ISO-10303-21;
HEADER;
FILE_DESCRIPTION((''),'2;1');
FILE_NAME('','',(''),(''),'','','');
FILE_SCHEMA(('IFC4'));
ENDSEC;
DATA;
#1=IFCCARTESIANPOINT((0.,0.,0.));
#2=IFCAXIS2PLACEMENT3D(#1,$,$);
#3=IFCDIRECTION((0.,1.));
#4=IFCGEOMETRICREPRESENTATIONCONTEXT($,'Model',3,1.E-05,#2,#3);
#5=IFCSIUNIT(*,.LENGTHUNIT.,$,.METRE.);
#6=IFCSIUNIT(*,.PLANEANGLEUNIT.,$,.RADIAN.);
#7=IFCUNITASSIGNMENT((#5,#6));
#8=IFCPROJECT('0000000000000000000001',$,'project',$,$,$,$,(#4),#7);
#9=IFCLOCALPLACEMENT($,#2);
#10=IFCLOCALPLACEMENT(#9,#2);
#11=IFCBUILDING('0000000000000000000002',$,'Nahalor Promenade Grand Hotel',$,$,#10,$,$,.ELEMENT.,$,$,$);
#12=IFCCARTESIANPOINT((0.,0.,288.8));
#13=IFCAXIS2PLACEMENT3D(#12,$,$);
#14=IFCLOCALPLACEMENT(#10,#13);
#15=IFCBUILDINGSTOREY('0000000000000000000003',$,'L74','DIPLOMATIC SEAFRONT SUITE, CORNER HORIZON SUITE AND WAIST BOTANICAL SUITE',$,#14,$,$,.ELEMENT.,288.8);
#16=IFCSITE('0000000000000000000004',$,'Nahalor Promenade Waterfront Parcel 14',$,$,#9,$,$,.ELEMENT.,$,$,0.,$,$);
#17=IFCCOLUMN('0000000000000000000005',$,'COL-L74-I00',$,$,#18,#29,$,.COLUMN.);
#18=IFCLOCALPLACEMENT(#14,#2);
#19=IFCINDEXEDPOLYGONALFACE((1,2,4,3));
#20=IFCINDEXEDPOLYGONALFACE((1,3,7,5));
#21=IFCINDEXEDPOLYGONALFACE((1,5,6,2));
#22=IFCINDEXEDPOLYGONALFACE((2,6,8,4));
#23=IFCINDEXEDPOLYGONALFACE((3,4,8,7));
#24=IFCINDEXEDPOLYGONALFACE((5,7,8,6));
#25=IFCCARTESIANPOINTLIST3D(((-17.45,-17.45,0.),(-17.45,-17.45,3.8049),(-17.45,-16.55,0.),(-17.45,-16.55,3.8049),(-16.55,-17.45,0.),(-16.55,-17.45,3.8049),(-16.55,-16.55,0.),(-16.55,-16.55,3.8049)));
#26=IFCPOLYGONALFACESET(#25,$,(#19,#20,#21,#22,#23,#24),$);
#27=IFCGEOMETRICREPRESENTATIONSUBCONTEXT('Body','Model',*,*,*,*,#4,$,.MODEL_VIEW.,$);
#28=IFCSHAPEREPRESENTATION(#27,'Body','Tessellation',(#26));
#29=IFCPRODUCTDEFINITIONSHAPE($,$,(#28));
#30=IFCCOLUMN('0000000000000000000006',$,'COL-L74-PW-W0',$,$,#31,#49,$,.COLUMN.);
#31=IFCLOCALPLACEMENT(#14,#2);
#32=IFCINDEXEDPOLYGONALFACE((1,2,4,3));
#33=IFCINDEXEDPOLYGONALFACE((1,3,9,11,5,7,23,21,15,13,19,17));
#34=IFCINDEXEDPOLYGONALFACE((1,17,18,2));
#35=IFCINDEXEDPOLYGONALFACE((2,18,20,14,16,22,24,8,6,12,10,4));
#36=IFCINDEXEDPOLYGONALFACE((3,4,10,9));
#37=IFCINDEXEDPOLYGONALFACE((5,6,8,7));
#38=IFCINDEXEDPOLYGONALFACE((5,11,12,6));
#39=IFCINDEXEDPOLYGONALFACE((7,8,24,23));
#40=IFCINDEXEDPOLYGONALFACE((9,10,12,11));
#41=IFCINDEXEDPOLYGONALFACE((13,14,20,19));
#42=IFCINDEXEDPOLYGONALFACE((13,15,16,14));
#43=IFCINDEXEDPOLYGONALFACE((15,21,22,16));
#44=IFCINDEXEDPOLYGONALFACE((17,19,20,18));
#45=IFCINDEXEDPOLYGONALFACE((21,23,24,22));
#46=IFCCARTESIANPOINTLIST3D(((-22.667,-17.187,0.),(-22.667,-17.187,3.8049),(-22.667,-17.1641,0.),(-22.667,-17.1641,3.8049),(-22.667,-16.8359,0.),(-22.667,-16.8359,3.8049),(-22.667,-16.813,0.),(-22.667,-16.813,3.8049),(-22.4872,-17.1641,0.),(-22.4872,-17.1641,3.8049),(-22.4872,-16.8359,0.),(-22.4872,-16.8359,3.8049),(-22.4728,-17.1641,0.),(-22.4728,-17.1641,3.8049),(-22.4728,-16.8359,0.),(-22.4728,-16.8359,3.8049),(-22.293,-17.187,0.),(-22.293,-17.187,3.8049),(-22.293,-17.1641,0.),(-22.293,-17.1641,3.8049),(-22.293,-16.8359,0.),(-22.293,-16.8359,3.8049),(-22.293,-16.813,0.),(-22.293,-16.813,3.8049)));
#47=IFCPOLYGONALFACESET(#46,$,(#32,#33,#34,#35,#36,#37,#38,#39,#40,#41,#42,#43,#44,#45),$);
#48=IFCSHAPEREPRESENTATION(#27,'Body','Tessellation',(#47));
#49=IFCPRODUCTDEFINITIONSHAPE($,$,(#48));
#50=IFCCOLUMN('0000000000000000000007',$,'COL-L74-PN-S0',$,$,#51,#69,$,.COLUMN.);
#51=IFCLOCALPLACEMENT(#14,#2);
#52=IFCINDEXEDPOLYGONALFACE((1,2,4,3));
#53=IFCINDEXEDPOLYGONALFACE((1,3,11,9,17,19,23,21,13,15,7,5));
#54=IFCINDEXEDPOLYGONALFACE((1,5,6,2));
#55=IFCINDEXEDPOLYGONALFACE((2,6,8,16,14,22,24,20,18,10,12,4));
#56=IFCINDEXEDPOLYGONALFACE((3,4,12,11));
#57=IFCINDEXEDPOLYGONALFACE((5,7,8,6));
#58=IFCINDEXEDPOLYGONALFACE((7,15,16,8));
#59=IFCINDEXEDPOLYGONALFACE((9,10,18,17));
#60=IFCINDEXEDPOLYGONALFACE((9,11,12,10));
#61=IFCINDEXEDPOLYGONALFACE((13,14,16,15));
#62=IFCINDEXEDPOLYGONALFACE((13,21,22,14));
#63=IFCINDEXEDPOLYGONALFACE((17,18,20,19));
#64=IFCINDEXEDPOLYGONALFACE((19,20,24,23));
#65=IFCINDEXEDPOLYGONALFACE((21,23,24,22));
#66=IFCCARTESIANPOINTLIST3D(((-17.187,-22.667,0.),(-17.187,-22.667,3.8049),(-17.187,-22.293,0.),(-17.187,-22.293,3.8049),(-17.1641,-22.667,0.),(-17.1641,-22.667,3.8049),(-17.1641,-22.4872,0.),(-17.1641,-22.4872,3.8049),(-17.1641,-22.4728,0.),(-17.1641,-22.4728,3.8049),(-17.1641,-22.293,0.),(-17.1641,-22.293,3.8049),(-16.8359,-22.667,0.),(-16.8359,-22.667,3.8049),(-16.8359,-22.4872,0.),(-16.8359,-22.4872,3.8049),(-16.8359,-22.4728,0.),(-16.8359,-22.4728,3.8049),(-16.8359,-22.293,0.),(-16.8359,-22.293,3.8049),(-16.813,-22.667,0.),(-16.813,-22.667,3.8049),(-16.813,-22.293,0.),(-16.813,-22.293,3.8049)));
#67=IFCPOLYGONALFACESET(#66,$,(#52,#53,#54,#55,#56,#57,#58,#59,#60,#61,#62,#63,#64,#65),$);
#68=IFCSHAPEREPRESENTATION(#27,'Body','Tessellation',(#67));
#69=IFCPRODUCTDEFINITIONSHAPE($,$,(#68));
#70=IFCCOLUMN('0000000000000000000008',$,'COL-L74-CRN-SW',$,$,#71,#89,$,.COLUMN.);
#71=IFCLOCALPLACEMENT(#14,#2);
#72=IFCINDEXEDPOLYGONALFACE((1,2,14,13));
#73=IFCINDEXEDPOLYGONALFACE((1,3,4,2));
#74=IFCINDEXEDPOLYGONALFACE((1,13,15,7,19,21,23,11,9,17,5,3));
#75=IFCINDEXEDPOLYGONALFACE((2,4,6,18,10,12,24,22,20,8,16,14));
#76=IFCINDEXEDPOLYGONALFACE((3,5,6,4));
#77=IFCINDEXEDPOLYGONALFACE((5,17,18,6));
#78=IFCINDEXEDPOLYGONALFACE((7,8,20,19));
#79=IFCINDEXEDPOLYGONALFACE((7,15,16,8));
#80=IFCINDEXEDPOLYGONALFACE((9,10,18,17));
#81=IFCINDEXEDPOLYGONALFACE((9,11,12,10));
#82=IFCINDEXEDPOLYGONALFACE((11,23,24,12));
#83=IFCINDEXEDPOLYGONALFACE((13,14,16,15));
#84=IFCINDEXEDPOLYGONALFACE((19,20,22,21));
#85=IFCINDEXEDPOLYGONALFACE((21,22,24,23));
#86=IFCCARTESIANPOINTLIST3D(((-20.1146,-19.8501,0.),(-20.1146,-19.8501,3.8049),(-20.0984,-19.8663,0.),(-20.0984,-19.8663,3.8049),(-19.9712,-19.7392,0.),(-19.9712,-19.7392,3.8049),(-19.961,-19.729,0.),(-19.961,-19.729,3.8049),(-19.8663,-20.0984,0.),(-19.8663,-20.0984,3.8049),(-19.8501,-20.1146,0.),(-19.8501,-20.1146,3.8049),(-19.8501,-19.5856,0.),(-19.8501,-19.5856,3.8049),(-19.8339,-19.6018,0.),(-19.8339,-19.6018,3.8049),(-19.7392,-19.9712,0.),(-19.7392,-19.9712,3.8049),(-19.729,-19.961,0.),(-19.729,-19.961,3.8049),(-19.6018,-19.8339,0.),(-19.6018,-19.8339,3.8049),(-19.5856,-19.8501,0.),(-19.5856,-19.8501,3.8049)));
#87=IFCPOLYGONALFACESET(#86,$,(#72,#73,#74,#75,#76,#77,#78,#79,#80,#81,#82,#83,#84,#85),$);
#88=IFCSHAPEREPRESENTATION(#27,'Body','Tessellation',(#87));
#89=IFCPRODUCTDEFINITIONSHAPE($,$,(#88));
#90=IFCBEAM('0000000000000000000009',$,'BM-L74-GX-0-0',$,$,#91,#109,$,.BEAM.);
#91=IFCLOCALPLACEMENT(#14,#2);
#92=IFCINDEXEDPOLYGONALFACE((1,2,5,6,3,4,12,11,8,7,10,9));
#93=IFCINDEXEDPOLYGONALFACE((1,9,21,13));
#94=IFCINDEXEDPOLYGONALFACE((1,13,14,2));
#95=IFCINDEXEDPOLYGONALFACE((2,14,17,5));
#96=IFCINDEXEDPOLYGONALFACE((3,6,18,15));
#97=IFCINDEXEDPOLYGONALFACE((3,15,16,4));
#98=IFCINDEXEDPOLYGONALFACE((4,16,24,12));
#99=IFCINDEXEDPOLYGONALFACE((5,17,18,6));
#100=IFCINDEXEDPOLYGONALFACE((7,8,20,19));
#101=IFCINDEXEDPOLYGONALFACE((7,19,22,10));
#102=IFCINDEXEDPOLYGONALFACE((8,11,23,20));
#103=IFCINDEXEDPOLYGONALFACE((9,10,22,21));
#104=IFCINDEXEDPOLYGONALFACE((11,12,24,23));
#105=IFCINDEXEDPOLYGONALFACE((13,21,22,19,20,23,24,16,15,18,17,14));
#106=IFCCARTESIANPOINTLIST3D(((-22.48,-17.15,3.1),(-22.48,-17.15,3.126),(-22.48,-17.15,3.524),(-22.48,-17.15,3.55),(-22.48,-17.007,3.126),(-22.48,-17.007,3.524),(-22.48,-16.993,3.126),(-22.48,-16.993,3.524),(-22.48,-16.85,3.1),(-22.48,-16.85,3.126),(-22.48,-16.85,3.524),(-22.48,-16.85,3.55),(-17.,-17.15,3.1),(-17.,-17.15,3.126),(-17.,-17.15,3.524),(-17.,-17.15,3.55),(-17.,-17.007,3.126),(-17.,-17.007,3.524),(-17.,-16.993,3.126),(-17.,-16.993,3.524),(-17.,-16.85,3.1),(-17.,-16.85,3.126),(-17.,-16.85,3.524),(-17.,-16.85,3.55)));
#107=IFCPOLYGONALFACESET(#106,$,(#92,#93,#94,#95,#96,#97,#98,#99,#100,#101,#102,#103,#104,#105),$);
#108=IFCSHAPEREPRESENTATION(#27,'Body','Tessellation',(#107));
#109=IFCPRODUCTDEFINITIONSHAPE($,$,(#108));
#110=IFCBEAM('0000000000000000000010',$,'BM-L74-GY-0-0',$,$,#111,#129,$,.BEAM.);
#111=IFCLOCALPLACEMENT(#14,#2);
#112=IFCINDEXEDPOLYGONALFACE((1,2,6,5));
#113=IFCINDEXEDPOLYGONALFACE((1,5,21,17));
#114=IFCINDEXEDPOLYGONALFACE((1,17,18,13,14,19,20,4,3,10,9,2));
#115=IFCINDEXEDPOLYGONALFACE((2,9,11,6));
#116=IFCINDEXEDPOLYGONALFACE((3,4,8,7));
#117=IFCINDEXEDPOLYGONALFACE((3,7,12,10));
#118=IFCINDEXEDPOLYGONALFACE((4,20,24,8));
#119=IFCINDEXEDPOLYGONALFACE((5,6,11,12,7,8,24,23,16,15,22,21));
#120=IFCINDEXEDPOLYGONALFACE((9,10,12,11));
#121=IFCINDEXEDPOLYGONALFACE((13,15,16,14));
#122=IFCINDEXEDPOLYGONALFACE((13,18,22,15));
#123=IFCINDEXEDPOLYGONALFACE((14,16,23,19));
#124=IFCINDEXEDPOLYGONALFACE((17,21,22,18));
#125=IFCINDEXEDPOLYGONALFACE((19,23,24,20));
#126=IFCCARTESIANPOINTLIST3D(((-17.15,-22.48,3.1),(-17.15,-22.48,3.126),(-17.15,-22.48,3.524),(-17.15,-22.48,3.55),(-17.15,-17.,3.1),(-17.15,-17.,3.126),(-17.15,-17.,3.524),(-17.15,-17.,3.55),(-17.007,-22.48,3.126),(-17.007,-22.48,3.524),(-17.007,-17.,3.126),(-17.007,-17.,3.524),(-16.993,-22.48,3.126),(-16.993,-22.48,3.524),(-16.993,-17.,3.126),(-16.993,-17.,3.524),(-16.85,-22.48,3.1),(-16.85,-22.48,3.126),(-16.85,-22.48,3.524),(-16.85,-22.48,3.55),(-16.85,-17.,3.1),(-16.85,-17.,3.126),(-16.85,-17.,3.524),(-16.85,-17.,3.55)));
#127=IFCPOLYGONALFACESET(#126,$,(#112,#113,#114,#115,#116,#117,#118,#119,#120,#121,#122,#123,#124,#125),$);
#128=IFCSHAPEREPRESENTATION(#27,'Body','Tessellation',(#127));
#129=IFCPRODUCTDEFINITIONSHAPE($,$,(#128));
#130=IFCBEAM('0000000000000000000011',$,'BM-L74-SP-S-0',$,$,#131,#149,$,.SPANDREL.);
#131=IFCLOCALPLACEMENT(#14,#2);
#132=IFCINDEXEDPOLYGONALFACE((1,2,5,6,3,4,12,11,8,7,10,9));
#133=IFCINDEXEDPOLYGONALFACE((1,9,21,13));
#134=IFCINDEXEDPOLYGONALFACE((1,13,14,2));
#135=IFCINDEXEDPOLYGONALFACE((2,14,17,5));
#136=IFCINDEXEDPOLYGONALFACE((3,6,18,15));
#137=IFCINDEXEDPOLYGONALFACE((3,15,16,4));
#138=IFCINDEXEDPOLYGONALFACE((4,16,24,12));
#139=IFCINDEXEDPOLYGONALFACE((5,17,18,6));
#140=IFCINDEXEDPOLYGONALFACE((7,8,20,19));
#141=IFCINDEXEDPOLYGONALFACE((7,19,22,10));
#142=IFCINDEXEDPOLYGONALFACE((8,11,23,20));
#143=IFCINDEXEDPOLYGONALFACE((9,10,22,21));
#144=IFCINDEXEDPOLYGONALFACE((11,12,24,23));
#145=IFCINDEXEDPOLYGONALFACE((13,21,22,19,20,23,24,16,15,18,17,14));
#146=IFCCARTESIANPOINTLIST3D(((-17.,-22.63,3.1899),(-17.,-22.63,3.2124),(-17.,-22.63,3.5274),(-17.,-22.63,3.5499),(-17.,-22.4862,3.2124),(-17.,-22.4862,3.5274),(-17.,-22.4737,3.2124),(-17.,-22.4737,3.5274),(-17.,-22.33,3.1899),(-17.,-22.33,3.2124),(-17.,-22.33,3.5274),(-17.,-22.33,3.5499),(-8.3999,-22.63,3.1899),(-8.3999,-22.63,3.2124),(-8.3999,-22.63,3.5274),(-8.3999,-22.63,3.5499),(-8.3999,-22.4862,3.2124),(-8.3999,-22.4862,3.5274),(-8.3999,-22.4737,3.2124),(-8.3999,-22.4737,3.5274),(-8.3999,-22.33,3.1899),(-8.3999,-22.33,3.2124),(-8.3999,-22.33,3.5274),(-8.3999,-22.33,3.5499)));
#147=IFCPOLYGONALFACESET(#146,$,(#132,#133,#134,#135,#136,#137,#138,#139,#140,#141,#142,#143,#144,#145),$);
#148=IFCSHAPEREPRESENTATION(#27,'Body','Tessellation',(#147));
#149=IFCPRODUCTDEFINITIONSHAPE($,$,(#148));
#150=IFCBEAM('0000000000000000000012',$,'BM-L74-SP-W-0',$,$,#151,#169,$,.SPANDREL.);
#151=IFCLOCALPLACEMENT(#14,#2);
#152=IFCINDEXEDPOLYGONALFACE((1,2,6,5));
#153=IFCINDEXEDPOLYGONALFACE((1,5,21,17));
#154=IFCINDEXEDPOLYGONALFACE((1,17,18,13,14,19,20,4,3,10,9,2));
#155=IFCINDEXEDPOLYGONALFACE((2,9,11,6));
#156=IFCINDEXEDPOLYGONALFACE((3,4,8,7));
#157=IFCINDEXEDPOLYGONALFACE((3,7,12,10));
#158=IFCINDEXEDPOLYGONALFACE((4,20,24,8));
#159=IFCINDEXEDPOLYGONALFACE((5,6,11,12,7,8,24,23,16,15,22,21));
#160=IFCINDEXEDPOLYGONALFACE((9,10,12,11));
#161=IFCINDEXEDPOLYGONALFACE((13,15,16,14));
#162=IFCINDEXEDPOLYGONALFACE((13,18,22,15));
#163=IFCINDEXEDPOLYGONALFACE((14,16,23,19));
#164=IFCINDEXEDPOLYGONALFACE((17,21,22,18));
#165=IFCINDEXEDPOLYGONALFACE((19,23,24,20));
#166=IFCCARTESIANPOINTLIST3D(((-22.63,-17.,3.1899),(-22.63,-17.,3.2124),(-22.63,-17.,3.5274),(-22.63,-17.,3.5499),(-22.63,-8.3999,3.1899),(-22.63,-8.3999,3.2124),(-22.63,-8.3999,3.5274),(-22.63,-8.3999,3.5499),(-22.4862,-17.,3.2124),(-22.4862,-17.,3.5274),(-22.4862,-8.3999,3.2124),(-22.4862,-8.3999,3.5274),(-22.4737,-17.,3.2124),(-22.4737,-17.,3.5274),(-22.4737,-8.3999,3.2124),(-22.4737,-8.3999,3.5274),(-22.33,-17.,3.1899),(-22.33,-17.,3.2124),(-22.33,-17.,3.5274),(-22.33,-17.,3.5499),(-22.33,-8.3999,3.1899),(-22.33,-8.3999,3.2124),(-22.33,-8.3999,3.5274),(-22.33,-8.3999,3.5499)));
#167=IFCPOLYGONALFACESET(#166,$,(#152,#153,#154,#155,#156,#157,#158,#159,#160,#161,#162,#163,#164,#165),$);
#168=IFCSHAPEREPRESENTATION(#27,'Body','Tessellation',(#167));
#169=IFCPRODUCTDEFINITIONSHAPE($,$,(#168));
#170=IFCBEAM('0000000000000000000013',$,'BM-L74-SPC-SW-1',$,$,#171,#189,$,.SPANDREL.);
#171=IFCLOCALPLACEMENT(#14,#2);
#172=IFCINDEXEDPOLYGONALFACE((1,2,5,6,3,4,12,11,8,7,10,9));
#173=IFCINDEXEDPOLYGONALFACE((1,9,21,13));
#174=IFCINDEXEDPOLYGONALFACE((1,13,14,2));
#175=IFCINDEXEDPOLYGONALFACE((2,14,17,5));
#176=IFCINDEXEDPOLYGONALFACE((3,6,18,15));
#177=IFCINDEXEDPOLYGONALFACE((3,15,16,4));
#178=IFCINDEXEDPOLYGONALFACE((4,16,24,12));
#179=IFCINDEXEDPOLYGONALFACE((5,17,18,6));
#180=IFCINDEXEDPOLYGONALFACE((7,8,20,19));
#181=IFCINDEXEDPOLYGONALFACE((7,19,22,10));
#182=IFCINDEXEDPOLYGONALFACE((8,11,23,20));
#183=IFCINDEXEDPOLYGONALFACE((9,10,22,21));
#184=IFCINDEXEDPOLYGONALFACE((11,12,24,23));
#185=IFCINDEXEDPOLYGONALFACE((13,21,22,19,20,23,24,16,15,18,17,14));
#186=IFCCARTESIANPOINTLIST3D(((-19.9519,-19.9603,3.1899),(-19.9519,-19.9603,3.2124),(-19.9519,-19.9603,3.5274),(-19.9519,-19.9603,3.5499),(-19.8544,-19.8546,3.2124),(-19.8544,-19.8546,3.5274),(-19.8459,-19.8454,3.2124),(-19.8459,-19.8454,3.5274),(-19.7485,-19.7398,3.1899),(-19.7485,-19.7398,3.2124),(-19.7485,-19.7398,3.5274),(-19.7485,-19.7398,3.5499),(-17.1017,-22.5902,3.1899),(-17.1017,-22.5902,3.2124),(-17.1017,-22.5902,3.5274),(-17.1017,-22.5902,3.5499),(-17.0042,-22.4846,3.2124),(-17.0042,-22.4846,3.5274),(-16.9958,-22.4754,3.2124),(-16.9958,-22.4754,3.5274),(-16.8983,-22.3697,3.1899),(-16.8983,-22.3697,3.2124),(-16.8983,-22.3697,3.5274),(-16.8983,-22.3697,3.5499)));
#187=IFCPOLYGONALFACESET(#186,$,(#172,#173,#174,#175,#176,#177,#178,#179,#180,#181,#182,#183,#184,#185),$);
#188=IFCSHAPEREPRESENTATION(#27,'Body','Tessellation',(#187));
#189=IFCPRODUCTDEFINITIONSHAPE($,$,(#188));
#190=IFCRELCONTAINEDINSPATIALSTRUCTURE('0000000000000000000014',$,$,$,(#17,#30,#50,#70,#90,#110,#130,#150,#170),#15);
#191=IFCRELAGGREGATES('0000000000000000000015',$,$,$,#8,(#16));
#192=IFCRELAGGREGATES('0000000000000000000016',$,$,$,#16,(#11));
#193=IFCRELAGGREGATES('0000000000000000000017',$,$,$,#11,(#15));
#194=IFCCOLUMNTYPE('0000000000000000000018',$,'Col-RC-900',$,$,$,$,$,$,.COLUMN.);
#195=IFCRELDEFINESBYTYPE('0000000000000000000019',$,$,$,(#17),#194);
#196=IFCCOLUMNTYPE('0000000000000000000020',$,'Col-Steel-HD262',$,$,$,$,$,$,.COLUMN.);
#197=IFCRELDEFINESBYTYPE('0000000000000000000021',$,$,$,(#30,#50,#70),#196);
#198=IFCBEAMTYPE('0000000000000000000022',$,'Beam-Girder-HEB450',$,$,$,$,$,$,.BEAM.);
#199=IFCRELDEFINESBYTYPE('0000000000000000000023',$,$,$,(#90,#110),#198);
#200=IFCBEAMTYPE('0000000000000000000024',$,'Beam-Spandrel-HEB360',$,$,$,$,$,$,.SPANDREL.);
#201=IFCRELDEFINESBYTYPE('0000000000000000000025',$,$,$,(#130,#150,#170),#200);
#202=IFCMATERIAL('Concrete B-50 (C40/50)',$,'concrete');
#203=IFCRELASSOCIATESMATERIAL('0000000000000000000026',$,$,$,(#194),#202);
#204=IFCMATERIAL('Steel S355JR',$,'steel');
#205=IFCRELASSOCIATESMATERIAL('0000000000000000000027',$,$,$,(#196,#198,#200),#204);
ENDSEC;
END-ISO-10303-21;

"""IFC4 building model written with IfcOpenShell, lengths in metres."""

from ifc_helpers import new_model, si_unit, direction, frame, origin, origin_2d, place, context, subcontext, project, spatial, rectangle, i_section, extrude, source, transform, mapped, material, material_profile, profile_set, type_object, element, save


model = new_model("IFC4")

# Units and contexts
model_context = context("Model", 3, precision=1e-05, world=origin(), true_north=direction((0.0, 1.0)))
body_context = subcontext(model_context, "Body", "Model", "MODEL_VIEW")
ifc_project = project(units=[si_unit("LENGTHUNIT", "METRE"), si_unit("PLANEANGLEUNIT", "RADIAN")], contexts=[model_context])

# Site, building, storey
site_placement = place(None, origin())
site = spatial("IfcSite", under=ifc_project, at=site_placement, Name="Nahalor Promenade Waterfront Parcel 14", CompositionType="ELEMENT", RefElevation=0.0)
building_placement = place(site_placement, origin())
building = spatial("IfcBuilding", under=site, at=building_placement, Name="Nahalor Promenade Grand Hotel", CompositionType="ELEMENT")
storey_placement = place(building_placement, frame((0.0, 0.0, 288.8)))
storey = spatial("IfcBuildingStorey", under=building, at=storey_placement, Name="L74", Description="DIPLOMATIC SEAFRONT SUITE, CORNER HORIZON SUITE AND WAIST BOTANICAL SUITE", CompositionType="ELEMENT", Elevation=288.8)

# Columns
ifc_material_1 = material(Name="Concrete B-50 (C40/50)", Category="concrete")
ifc_material_profile_1 = material_profile(ifc_material_1, rectangle(XDim=0.9, YDim=0.9, at=origin_2d()), Name="RC 900x900")
ifc_profile_set_1 = profile_set([ifc_material_profile_1], Name="Concrete B-50 (C40/50)")
column_type_1 = type_object("IfcColumnType", Name="Col-RC-900", PredefinedType="COLUMN", material=ifc_profile_set_1)
shared_shape_1 = source(origin(), body_context, "Body", "SweptSolid", [
    extrude(rectangle(XDim=0.9, YDim=0.9, at=origin_2d()), origin(), (0.0, 0.0, 1.0), 3.8049),
])
column_placement = place(storey_placement, frame((-17.0, -17.0, 0.0), z_axis=(0.0, 0.0, 1.0), x_axis=(1.0, 0.0, 0.0)))
element("IfcColumn", 1, at=column_placement, inside=storey, type_object=column_type_1, Name="COL-L74-I00", PredefinedType="COLUMN", context=body_context, shape_type="MappedRepresentation", body=[
    mapped(shared_shape_1, transform((0.0, 0.0, 0.0), scale=1.0)),
])
ifc_material_2 = material(Name="Steel S355JR", Category="steel")
ifc_material_profile_2 = material_profile(ifc_material_2, i_section(OverallWidth=0.374, OverallDepth=0.374, WebThickness=0.0144, FlangeThickness=0.0229, at=origin_2d()), Name="HD 360x262")
ifc_profile_set_2 = profile_set([ifc_material_profile_2], Name="Steel S355JR")
column_type_2 = type_object("IfcColumnType", Name="Col-Steel-HD262", PredefinedType="COLUMN", material=ifc_profile_set_2)
shared_shape_2 = source(origin(), body_context, "Body", "SweptSolid", [
    extrude(i_section(OverallWidth=0.374, OverallDepth=0.374, WebThickness=0.0144, FlangeThickness=0.0229, at=origin_2d()), origin(), (0.0, 0.0, 1.0), 3.8049),
])
for number, where, z_axis, x_axis, name in (
    (2, (-22.48, -17.0, 0.0), (0.0, 0.0, 1.0), (1.0, 0.0, 0.0), "COL-L74-PW-W0"),
    (3, (-17.0, -22.48, 0.0), (0.0, 0.0, 1.0), (0.0, 1.0, 0.0), "COL-L74-PN-S0"),
    (4, (-19.8501, -19.8501, 0.0), (0.0, 0.0, 1.0), (0.707107, 0.707107, 0.0), "COL-L74-CRN-SW"),
):
    element("IfcColumn", number, at=place(storey_placement, frame(where, z_axis=z_axis, x_axis=x_axis)), inside=storey, type_object=column_type_2, Name=name, PredefinedType="COLUMN", context=body_context, shape_type="MappedRepresentation", body=[
        mapped(shared_shape_2, transform((0.0, 0.0, 0.0), scale=1.0)),
    ])

# Beams
ifc_material_profile_3 = material_profile(ifc_material_2, i_section(OverallWidth=0.3, OverallDepth=0.45, WebThickness=0.014, FlangeThickness=0.026, at=origin_2d()), Name="HEB 450")
ifc_profile_set_3 = profile_set([ifc_material_profile_3], Name="Steel S355JR")
beam_type_1 = type_object("IfcBeamType", Name="Beam-Girder-HEB450", PredefinedType="BEAM", material=ifc_profile_set_3)
shared_shape_3 = source(origin(), body_context, "Body", "SweptSolid", [
    extrude(i_section(OverallWidth=0.3, OverallDepth=0.45, WebThickness=0.014, FlangeThickness=0.026, at=origin_2d()), origin(), (0.0, 0.0, 1.0), 5.48),
])
for number, where, z_axis, x_axis, name in (
    (5, (-22.48, -17.0, 3.325), (1.0, 0.0, 0.0), (0.0, 1.0, 0.0), "BM-L74-GX-0-0"),
    (6, (-17.0, -22.48, 3.325), (0.0, 1.0, 0.0), (-1.0, 0.0, 0.0), "BM-L74-GY-0-0"),
):
    element("IfcBeam", number, at=place(storey_placement, frame(where, z_axis=z_axis, x_axis=x_axis)), inside=storey, type_object=beam_type_1, Name=name, PredefinedType="BEAM", context=body_context, shape_type="MappedRepresentation", body=[
        mapped(shared_shape_3, transform((0.0, 0.0, 0.0), scale=1.0)),
    ])
ifc_material_profile_4 = material_profile(ifc_material_2, i_section(OverallWidth=0.3, OverallDepth=0.36, WebThickness=0.0125, FlangeThickness=0.0225, at=origin_2d()), Name="HEB 360")
ifc_profile_set_4 = profile_set([ifc_material_profile_4], Name="Steel S355JR")
beam_type_2 = type_object("IfcBeamType", Name="Beam-Spandrel-HEB360", PredefinedType="SPANDREL", material=ifc_profile_set_4)
shared_shape_4 = source(origin(), body_context, "Body", "SweptSolid", [
    extrude(i_section(OverallWidth=0.3, OverallDepth=0.36, WebThickness=0.0125, FlangeThickness=0.0225, at=origin_2d()), origin(), (0.0, 0.0, 1.0), 8.6001),
])
for number, where, z_axis, x_axis, name in (
    (7, (-17.0, -22.48, 3.3699), (1.0, 0.0, 0.0), (0.0, 1.0, 0.0), "BM-L74-SP-S-0"),
    (8, (-22.48, -17.0, 3.3699), (0.0, 1.0, 0.0), (-1.0, 0.0, 0.0), "BM-L74-SP-W-0"),
):
    element("IfcBeam", number, at=place(storey_placement, frame(where, z_axis=z_axis, x_axis=x_axis)), inside=storey, type_object=beam_type_2, Name=name, PredefinedType="SPANDREL", context=body_context, shape_type="MappedRepresentation", body=[
        mapped(shared_shape_4, transform((0.0, 0.0, 0.0), scale=1.0)),
    ])
shared_shape_5 = source(origin(), body_context, "Body", "SweptSolid", [
    extrude(i_section(OverallWidth=0.3, OverallDepth=0.36, WebThickness=0.0125, FlangeThickness=0.0225, at=origin_2d()), origin(), (0.0, 0.0, 1.0), 3.8782),
])
for number, where, z_axis, x_axis, name in (
    (9, (-17.0, -22.48, 3.3699), (-0.734929, 0.678144, 0.0), (-0.678144, -0.734929, 0.0), "BM-L74-SPC-SW-1"),
):
    element("IfcBeam", number, at=place(storey_placement, frame(where, z_axis=z_axis, x_axis=x_axis)), inside=storey, type_object=beam_type_2, Name=name, PredefinedType="SPANDREL", context=body_context, shape_type="MappedRepresentation", body=[
        mapped(shared_shape_5, transform((0.0, 0.0, 0.0), scale=1.0)),
    ])

save(model, "model.ifc")
